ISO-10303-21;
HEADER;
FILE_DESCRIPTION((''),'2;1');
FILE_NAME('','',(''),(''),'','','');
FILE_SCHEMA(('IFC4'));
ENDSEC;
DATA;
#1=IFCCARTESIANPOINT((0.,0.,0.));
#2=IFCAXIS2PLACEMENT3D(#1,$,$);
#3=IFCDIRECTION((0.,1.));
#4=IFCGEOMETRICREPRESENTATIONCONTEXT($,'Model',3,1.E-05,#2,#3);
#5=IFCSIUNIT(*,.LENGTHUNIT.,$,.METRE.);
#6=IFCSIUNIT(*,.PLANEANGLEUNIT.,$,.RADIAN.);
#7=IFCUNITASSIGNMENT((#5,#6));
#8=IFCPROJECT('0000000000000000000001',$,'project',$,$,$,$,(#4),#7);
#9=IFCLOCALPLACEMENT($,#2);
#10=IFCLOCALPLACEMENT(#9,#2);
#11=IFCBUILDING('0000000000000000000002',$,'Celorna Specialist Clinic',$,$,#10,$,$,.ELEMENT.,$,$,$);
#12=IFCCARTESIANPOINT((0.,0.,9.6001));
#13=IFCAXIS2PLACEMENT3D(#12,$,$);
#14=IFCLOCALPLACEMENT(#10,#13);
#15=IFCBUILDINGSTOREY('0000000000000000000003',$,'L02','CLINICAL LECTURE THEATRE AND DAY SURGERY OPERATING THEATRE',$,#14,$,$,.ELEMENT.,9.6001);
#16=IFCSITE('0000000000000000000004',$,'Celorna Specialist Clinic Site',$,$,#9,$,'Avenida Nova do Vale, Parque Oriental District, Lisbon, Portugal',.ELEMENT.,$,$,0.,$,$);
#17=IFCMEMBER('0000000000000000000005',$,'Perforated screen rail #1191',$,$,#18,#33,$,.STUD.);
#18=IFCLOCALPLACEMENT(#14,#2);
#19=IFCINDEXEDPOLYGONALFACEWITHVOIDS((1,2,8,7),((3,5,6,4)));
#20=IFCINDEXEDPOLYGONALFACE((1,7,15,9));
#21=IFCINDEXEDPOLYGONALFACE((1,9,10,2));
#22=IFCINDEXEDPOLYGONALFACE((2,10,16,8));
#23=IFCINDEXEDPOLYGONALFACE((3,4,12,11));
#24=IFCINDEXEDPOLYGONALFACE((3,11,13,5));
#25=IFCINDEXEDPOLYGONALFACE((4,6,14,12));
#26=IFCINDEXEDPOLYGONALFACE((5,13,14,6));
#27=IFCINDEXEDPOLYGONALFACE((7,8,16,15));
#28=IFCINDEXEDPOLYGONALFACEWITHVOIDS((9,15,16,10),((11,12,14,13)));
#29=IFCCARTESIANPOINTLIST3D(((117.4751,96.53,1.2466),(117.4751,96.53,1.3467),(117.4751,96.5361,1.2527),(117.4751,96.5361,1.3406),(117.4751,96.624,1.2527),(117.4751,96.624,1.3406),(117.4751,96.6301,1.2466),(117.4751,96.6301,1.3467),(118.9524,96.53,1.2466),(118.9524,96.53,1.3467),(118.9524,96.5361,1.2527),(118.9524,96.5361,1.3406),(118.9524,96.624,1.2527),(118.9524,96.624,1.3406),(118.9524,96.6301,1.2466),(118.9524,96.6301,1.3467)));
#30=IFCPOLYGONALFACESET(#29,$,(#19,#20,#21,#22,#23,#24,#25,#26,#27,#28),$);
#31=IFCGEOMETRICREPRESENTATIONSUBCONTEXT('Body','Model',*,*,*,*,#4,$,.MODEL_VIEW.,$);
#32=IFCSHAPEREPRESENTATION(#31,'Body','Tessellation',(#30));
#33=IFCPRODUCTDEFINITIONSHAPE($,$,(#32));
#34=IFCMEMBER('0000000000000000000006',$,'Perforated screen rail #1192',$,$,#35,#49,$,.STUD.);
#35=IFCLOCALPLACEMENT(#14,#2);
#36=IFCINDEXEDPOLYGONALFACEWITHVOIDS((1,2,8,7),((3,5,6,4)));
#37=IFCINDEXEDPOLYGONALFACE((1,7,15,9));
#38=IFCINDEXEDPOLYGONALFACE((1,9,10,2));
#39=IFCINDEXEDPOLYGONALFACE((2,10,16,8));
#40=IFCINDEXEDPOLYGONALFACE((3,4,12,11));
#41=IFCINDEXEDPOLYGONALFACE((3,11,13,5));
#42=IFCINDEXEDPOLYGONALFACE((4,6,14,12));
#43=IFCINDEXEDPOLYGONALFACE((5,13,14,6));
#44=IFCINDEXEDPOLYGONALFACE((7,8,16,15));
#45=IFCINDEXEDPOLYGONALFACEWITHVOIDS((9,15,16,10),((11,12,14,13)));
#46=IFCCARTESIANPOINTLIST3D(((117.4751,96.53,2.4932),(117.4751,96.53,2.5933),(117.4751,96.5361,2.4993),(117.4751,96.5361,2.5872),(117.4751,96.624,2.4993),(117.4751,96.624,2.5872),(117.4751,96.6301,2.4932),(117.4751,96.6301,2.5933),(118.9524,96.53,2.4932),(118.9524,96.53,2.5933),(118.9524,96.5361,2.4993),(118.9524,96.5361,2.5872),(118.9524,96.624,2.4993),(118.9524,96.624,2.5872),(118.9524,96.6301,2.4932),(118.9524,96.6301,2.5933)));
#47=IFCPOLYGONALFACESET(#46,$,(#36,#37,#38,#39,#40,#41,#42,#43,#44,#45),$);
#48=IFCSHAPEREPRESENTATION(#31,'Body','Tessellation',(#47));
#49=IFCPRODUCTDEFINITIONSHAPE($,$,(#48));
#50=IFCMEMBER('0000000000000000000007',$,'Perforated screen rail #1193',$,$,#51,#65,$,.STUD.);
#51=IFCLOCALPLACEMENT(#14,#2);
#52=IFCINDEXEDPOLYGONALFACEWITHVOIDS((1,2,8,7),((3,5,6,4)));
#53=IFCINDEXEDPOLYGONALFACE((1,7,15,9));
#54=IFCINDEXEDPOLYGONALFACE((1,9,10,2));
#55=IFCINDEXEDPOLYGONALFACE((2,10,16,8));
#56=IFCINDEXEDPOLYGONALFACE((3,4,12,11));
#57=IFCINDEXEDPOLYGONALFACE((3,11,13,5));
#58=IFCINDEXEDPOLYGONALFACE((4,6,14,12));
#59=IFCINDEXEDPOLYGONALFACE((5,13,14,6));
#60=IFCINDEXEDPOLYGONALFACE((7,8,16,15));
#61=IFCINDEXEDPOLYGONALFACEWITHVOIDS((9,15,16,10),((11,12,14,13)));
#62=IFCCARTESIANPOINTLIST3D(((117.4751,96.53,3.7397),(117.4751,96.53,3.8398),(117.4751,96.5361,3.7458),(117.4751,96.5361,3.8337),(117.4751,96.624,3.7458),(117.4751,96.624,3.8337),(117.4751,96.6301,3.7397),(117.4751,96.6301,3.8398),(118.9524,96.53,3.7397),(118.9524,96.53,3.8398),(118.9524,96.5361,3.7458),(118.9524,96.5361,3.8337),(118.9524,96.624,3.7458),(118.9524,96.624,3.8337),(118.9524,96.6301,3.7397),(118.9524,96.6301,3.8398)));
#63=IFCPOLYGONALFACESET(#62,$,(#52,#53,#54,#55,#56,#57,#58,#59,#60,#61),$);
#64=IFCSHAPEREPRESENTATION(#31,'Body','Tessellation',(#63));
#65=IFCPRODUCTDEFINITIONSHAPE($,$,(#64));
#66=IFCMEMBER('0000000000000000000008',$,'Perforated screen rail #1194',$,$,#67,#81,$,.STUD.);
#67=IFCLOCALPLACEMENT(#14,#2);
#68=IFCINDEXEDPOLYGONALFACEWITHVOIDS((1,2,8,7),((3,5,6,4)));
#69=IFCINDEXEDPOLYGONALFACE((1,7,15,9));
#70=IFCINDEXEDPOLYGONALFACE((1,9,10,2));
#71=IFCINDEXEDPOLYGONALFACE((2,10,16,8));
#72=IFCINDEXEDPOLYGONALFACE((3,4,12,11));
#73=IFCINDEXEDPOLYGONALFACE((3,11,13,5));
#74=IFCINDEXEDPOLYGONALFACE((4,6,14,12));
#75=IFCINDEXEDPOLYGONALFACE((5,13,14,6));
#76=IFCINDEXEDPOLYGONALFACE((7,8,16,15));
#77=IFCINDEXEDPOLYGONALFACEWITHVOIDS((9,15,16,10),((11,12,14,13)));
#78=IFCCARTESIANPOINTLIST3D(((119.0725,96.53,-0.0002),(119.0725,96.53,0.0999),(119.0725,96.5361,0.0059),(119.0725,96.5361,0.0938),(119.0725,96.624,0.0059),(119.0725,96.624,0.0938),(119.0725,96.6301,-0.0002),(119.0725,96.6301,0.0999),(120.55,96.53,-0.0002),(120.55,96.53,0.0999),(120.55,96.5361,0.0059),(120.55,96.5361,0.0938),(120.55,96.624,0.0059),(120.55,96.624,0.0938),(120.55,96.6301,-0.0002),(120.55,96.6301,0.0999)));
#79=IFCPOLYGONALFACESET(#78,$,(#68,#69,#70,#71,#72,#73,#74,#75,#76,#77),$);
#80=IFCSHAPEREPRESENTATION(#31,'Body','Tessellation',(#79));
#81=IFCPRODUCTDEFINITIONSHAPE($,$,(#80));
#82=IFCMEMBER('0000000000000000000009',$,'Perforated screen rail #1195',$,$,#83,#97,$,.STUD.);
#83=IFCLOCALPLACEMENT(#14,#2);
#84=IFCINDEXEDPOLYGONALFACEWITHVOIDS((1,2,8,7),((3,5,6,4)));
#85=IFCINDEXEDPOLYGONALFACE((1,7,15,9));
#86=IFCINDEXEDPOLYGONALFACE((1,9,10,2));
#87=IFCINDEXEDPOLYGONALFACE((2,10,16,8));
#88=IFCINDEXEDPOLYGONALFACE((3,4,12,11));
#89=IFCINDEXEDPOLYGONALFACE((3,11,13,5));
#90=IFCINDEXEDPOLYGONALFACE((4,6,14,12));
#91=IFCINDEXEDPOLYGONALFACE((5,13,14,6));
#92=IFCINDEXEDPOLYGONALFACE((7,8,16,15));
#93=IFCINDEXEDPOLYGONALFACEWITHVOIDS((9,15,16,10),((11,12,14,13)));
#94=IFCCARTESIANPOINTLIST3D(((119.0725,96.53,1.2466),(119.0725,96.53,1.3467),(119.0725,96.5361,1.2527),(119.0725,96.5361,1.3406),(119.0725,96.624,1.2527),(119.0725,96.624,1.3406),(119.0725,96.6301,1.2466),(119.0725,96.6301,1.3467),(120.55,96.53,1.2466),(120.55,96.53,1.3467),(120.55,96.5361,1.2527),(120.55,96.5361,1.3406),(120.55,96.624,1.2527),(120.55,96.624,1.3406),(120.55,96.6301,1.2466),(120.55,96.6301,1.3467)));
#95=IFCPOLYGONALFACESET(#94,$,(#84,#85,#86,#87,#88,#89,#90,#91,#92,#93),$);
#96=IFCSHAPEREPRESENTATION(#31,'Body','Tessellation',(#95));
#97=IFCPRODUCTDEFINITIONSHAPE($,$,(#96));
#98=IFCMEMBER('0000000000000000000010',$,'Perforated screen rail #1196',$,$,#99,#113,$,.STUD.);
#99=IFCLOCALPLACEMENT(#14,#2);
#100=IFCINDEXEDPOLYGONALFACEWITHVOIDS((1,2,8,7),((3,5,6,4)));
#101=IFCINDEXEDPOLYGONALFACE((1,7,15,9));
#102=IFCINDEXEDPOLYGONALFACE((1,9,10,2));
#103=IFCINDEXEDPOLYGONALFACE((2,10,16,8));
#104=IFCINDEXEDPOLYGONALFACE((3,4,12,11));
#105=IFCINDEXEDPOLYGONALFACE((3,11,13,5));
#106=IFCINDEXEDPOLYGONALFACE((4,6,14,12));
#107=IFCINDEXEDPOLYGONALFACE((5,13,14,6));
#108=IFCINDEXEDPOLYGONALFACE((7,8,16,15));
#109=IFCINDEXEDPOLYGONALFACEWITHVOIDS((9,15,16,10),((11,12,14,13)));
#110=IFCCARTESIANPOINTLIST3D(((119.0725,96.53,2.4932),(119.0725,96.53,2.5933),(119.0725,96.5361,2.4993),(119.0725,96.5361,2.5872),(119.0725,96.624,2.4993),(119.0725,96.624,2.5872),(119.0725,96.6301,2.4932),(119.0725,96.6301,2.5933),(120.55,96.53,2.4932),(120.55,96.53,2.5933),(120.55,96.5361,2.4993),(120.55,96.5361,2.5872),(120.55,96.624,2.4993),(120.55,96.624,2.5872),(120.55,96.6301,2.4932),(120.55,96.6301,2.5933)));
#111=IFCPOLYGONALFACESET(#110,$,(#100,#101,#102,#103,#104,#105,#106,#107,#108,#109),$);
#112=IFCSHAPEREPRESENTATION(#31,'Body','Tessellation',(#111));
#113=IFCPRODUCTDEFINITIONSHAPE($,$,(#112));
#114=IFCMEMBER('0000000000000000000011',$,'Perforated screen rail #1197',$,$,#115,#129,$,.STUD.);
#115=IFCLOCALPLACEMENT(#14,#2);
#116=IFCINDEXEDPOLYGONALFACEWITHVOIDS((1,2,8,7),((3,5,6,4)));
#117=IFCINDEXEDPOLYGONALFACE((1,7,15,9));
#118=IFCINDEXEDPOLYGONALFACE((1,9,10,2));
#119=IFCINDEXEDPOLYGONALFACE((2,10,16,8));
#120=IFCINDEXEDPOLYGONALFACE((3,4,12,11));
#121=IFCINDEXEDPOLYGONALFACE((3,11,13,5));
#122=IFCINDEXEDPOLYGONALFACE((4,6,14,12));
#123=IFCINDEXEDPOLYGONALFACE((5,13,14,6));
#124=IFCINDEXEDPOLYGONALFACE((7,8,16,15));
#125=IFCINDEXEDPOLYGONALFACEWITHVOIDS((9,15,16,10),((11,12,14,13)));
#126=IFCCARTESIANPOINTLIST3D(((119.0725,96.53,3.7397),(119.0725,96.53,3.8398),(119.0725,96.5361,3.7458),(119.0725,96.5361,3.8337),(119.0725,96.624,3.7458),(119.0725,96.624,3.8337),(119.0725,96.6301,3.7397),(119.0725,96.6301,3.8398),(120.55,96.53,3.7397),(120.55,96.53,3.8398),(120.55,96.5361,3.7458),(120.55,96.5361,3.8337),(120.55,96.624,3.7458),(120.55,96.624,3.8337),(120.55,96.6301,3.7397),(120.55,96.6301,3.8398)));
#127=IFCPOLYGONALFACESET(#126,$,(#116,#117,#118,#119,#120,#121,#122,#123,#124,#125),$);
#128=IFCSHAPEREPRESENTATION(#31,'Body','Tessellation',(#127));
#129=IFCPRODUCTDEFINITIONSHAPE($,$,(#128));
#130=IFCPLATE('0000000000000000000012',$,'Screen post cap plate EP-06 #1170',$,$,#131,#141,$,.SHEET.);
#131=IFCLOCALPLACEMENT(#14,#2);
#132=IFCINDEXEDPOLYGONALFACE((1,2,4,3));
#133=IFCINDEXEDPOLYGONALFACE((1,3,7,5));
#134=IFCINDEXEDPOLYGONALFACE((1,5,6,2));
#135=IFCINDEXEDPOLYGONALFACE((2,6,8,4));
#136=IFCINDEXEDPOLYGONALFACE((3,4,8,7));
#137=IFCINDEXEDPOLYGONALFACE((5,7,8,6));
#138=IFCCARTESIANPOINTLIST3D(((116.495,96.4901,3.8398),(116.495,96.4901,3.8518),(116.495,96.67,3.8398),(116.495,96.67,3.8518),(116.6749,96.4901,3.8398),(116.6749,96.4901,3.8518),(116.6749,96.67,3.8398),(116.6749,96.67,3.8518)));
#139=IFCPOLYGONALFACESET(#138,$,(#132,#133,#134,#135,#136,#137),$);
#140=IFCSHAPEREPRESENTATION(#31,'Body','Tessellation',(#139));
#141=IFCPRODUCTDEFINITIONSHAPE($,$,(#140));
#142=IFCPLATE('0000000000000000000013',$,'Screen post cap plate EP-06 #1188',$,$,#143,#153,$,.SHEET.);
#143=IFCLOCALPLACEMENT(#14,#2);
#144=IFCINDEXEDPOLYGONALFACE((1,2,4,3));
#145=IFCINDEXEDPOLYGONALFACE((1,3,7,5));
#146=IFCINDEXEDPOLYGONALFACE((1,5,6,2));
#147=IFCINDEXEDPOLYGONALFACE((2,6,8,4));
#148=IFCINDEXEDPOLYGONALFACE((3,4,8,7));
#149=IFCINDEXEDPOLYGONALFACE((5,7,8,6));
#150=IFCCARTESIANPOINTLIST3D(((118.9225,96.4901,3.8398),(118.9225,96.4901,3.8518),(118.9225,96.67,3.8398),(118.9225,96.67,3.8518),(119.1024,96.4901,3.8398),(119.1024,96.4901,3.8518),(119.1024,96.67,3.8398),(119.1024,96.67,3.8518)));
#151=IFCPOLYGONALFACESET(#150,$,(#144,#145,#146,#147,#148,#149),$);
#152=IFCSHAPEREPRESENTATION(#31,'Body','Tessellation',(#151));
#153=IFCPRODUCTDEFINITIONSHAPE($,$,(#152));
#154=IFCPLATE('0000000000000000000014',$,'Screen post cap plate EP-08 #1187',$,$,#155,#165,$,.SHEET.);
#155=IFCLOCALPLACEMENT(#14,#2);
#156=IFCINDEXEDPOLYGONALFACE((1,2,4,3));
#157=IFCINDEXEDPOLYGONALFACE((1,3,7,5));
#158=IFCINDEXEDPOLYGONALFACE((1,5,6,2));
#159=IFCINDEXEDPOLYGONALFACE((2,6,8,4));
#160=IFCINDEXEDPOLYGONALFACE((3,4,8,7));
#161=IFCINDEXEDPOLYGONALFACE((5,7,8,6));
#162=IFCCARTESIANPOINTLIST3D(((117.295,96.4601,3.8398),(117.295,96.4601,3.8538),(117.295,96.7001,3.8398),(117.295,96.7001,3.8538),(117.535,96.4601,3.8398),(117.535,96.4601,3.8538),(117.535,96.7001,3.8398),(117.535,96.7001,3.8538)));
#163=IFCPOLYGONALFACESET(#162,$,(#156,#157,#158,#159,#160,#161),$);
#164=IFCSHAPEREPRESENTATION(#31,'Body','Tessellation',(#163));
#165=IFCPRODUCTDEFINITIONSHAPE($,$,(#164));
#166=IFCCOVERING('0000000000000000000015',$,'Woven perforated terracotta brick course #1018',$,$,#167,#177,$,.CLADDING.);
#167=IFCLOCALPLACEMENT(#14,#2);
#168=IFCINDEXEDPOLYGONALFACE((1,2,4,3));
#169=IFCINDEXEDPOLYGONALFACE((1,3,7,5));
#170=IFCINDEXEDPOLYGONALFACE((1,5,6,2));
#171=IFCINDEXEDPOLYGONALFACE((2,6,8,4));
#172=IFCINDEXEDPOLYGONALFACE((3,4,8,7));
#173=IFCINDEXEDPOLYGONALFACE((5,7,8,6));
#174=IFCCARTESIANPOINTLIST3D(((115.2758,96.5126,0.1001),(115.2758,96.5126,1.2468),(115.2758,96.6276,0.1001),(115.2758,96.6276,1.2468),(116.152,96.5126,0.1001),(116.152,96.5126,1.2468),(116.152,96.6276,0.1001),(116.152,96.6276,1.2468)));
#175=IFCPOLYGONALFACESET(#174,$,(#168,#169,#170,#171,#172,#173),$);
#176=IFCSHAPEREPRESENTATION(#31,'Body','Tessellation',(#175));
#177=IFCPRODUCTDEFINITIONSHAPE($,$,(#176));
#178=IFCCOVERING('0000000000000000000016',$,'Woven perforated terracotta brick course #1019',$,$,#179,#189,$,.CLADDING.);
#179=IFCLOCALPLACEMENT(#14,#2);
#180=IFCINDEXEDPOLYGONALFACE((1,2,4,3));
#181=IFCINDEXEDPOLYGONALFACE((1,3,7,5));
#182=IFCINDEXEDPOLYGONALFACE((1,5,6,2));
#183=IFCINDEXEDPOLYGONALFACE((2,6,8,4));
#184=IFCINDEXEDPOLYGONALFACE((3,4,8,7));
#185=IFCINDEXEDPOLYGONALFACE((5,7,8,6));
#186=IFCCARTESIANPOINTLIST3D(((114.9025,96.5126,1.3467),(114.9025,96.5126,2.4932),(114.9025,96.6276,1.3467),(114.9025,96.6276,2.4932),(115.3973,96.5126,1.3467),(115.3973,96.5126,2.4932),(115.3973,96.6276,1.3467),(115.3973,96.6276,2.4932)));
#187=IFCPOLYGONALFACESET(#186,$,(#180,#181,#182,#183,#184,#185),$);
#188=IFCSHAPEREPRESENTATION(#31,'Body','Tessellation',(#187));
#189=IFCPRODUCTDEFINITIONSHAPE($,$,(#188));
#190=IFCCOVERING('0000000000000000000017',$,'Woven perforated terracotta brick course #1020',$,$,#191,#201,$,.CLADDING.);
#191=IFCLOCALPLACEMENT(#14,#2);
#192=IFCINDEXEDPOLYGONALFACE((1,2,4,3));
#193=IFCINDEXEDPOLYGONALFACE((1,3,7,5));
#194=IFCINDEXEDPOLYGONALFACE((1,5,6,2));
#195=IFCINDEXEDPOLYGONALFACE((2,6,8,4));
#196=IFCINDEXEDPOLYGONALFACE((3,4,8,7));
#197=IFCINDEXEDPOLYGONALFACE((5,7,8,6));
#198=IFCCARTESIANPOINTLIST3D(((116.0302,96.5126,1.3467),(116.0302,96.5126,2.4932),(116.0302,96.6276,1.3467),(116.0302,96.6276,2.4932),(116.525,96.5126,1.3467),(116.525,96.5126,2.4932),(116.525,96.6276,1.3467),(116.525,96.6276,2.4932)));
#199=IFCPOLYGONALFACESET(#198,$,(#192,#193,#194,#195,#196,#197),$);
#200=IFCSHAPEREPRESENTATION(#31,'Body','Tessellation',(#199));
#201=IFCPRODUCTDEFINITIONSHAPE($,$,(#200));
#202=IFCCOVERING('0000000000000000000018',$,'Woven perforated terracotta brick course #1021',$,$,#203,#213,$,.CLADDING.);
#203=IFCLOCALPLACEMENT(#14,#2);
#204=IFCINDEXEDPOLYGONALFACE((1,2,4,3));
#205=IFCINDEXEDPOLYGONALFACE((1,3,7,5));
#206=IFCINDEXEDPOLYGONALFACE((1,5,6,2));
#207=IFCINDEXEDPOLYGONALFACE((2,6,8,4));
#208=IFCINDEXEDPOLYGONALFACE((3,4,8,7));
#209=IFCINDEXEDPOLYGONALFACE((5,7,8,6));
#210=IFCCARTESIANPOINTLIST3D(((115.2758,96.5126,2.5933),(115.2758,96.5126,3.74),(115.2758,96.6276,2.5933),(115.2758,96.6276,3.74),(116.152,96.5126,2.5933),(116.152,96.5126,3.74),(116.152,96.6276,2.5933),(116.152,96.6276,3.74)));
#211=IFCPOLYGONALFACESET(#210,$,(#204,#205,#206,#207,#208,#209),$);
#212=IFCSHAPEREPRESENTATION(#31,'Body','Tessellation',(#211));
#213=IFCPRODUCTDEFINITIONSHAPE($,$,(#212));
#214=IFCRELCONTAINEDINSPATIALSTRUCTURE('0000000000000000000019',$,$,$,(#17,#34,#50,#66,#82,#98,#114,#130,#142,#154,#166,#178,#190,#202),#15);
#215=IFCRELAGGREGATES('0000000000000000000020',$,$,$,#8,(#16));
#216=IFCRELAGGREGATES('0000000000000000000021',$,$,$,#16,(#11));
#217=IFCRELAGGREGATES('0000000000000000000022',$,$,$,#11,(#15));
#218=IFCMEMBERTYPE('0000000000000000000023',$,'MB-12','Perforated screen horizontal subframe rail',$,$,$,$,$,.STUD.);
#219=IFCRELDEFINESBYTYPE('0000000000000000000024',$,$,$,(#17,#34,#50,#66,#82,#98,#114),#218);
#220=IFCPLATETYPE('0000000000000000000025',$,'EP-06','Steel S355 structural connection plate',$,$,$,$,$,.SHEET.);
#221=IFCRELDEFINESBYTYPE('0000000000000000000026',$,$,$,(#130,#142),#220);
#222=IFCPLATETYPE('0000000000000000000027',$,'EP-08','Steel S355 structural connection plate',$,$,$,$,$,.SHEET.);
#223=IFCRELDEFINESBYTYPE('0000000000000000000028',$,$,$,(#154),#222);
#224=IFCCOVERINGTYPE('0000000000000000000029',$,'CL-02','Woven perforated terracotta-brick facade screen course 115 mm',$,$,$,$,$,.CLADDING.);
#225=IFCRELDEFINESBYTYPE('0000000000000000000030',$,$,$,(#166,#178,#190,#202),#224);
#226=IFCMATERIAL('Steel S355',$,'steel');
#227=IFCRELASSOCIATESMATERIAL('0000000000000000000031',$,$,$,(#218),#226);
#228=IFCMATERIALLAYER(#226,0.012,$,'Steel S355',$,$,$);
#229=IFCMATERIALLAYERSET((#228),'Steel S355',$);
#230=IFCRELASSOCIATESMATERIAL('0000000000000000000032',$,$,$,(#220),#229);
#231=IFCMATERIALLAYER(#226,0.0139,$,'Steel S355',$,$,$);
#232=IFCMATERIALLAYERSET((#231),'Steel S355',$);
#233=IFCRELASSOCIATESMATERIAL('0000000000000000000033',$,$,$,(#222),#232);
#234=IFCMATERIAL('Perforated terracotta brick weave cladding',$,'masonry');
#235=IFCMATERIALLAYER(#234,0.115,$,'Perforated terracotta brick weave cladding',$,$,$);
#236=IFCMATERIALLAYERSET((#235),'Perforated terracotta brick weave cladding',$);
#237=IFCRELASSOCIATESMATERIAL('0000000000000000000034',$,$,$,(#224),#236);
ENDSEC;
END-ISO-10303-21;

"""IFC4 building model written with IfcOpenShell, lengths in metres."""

from ifc_helpers import new_model, si_unit, direction, frame, origin, origin_2d, place, context, subcontext, project, spatial, rectangle, hollow_rectangle, extrude, material, layer, layer_set, material_profile, profile_set, type_object, element, save


model = new_model("IFC4")

# Units and contexts
model_context = context("Model", 3, precision=1e-05, world=origin(), true_north=direction((0.0, 1.0)))
body_context = subcontext(model_context, "Body", "Model", "MODEL_VIEW")
ifc_project = project(units=[si_unit("LENGTHUNIT", "METRE"), si_unit("PLANEANGLEUNIT", "RADIAN")], contexts=[model_context])

# Site, building, storey
site_placement = place(None, origin())
site = spatial("IfcSite", under=ifc_project, at=site_placement, Name="Celorna Specialist Clinic Site", LongName="Avenida Nova do Vale, Parque Oriental District, Lisbon, Portugal", CompositionType="ELEMENT", RefElevation=0.0)
building_placement = place(site_placement, origin())
building = spatial("IfcBuilding", under=site, at=building_placement, Name="Celorna Specialist Clinic", CompositionType="ELEMENT")
storey_placement = place(building_placement, frame((0.0, 0.0, 9.6001)))
storey = spatial("IfcBuildingStorey", under=building, at=storey_placement, Name="L02", Description="CLINICAL LECTURE THEATRE AND DAY SURGERY OPERATING THEATRE", CompositionType="ELEMENT", Elevation=9.6001)

# Shared definitions
ifc_material_1 = material(Name="Steel S355", Category="steel")

# Members
ifc_material_profile_1 = material_profile(ifc_material_1, hollow_rectangle(XDim=0.1001, YDim=0.1001, WallThickness=0.0061, at=origin_2d()), Name="SHS 100x100x6")
ifc_profile_set_1 = profile_set([ifc_material_profile_1], Name="Steel S355")
member_type_1 = type_object("IfcMemberType", Name="MB-12", Description="Perforated screen horizontal subframe rail", PredefinedType="STUD", material=ifc_profile_set_1)
for number, where, z_axis, x_axis, name in (
    (1, (117.4751, 96.5801, 1.2966), (1.0, 0.0, 0.0), (0.0, 1.0, 0.0), "Perforated screen rail #1191"),
    (2, (117.4751, 96.5801, 2.5432), (1.0, 0.0, 0.0), (0.0, 1.0, 0.0), "Perforated screen rail #1192"),
    (3, (117.4751, 96.5801, 3.7898), (1.0, 0.0, 0.0), (0.0, 1.0, 0.0), "Perforated screen rail #1193"),
):
    element("IfcMember", number, at=place(storey_placement, frame(where, z_axis=z_axis, x_axis=x_axis)), inside=storey, type_object=member_type_1, Name=name, PredefinedType="STUD", context=body_context, shape_type="SweptSolid", body=[
        extrude(hollow_rectangle(XDim=0.1001, YDim=0.1001, WallThickness=0.0061, at=origin_2d()), origin(), (0.0, 0.0, 1.0), 1.4773),
    ])
for number, where, z_axis, x_axis, name in (
    (4, (119.0725, 96.5801, 0.0498), (1.0, 0.0, 0.0), (0.0, 1.0, 0.0), "Perforated screen rail #1194"),
    (5, (119.0725, 96.5801, 1.2966), (1.0, 0.0, 0.0), (0.0, 1.0, 0.0), "Perforated screen rail #1195"),
    (6, (119.0725, 96.5801, 2.5432), (1.0, 0.0, 0.0), (0.0, 1.0, 0.0), "Perforated screen rail #1196"),
    (7, (119.0725, 96.5801, 3.7898), (1.0, 0.0, 0.0), (0.0, 1.0, 0.0), "Perforated screen rail #1197"),
):
    element("IfcMember", number, at=place(storey_placement, frame(where, z_axis=z_axis, x_axis=x_axis)), inside=storey, type_object=member_type_1, Name=name, PredefinedType="STUD", context=body_context, shape_type="SweptSolid", body=[
        extrude(hollow_rectangle(XDim=0.1001, YDim=0.1001, WallThickness=0.0061, at=origin_2d()), origin(), (0.0, 0.0, 1.0), 1.4775),
    ])

# Plates
ifc_layer_1 = layer(ifc_material_1, 0.012, Name="Steel S355")
ifc_layer_set_1 = layer_set([ifc_layer_1], Name="Steel S355")
plate_type_1 = type_object("IfcPlateType", Name="EP-06", Description="Steel S355 structural connection plate", PredefinedType="SHEET", material=ifc_layer_set_1)
for number, where, z_axis, x_axis, name in (
    (8, (116.585, 96.5801, 3.8398), (0.0, 0.0, 1.0), (1.0, 0.0, 0.0), "Screen post cap plate EP-06 #1170"),
    (9, (119.0125, 96.5801, 3.8398), (0.0, 0.0, 1.0), (1.0, 0.0, 0.0), "Screen post cap plate EP-06 #1188"),
):
    element("IfcPlate", number, at=place(storey_placement, frame(where, z_axis=z_axis, x_axis=x_axis)), inside=storey, type_object=plate_type_1, Name=name, PredefinedType="SHEET", context=body_context, shape_type="SweptSolid", body=[
        extrude(rectangle(XDim=0.1799, YDim=0.1799, at=origin_2d()), origin(), (0.0, 0.0, 1.0), 0.012),
    ])
ifc_layer_2 = layer(ifc_material_1, 0.0139, Name="Steel S355")
ifc_layer_set_2 = layer_set([ifc_layer_2], Name="Steel S355")
plate_type_2 = type_object("IfcPlateType", Name="EP-08", Description="Steel S355 structural connection plate", PredefinedType="SHEET", material=ifc_layer_set_2)
plate_placement = place(storey_placement, frame((117.415, 96.5801, 3.8398), z_axis=(0.0, 0.0, 1.0), x_axis=(1.0, 0.0, 0.0)))
element("IfcPlate", 10, at=plate_placement, inside=storey, type_object=plate_type_2, Name="Screen post cap plate EP-08 #1187", PredefinedType="SHEET", context=body_context, shape_type="SweptSolid", body=[
    extrude(rectangle(XDim=0.24, YDim=0.24, at=origin_2d()), origin(), (0.0, 0.0, 1.0), 0.0139),
])

# Coverings
ifc_material_2 = material(Name="Perforated terracotta brick weave cladding", Category="masonry")
ifc_layer_3 = layer(ifc_material_2, 0.115, Name="Perforated terracotta brick weave cladding")
ifc_layer_set_3 = layer_set([ifc_layer_3], Name="Perforated terracotta brick weave cladding")
covering_type = type_object("IfcCoveringType", Name="CL-02", Description="Woven perforated terracotta-brick facade screen course 115 mm", PredefinedType="CLADDING", material=ifc_layer_set_3)
covering_1_placement = place(storey_placement, frame((115.7139, 96.5701, 0.1001), z_axis=(0.0, 0.0, 1.0), x_axis=(1.0, 0.0, 0.0)))
element("IfcCovering", 11, at=covering_1_placement, inside=storey, type_object=covering_type, Name="Woven perforated terracotta brick course #1018", PredefinedType="CLADDING", context=body_context, shape_type="SweptSolid", body=[
    extrude(rectangle(XDim=0.8762, YDim=0.115, at=origin_2d()), origin(), (0.0, 0.0, 1.0), 1.1467),
])
for number, where, z_axis, x_axis, name in (
    (12, (115.1499, 96.5701, 1.3467), (0.0, 0.0, 1.0), (1.0, 0.0, 0.0), "Woven perforated terracotta brick course #1019"),
    (13, (116.2776, 96.5701, 1.3467), (0.0, 0.0, 1.0), (1.0, 0.0, 0.0), "Woven perforated terracotta brick course #1020"),
):
    element("IfcCovering", number, at=place(storey_placement, frame(where, z_axis=z_axis, x_axis=x_axis)), inside=storey, type_object=covering_type, Name=name, PredefinedType="CLADDING", context=body_context, shape_type="SweptSolid", body=[
        extrude(rectangle(XDim=0.4949, YDim=0.115, at=origin_2d()), origin(), (0.0, 0.0, 1.0), 1.1465),
    ])
covering_2_placement = place(storey_placement, frame((115.7139, 96.5701, 2.5933), z_axis=(0.0, 0.0, 1.0), x_axis=(1.0, 0.0, 0.0)))
element("IfcCovering", 14, at=covering_2_placement, inside=storey, type_object=covering_type, Name="Woven perforated terracotta brick course #1021", PredefinedType="CLADDING", context=body_context, shape_type="SweptSolid", body=[
    extrude(rectangle(XDim=0.8762, YDim=0.115, at=origin_2d()), origin(), (0.0, 0.0, 1.0), 1.1467),
])

save(model, "model.ifc")
